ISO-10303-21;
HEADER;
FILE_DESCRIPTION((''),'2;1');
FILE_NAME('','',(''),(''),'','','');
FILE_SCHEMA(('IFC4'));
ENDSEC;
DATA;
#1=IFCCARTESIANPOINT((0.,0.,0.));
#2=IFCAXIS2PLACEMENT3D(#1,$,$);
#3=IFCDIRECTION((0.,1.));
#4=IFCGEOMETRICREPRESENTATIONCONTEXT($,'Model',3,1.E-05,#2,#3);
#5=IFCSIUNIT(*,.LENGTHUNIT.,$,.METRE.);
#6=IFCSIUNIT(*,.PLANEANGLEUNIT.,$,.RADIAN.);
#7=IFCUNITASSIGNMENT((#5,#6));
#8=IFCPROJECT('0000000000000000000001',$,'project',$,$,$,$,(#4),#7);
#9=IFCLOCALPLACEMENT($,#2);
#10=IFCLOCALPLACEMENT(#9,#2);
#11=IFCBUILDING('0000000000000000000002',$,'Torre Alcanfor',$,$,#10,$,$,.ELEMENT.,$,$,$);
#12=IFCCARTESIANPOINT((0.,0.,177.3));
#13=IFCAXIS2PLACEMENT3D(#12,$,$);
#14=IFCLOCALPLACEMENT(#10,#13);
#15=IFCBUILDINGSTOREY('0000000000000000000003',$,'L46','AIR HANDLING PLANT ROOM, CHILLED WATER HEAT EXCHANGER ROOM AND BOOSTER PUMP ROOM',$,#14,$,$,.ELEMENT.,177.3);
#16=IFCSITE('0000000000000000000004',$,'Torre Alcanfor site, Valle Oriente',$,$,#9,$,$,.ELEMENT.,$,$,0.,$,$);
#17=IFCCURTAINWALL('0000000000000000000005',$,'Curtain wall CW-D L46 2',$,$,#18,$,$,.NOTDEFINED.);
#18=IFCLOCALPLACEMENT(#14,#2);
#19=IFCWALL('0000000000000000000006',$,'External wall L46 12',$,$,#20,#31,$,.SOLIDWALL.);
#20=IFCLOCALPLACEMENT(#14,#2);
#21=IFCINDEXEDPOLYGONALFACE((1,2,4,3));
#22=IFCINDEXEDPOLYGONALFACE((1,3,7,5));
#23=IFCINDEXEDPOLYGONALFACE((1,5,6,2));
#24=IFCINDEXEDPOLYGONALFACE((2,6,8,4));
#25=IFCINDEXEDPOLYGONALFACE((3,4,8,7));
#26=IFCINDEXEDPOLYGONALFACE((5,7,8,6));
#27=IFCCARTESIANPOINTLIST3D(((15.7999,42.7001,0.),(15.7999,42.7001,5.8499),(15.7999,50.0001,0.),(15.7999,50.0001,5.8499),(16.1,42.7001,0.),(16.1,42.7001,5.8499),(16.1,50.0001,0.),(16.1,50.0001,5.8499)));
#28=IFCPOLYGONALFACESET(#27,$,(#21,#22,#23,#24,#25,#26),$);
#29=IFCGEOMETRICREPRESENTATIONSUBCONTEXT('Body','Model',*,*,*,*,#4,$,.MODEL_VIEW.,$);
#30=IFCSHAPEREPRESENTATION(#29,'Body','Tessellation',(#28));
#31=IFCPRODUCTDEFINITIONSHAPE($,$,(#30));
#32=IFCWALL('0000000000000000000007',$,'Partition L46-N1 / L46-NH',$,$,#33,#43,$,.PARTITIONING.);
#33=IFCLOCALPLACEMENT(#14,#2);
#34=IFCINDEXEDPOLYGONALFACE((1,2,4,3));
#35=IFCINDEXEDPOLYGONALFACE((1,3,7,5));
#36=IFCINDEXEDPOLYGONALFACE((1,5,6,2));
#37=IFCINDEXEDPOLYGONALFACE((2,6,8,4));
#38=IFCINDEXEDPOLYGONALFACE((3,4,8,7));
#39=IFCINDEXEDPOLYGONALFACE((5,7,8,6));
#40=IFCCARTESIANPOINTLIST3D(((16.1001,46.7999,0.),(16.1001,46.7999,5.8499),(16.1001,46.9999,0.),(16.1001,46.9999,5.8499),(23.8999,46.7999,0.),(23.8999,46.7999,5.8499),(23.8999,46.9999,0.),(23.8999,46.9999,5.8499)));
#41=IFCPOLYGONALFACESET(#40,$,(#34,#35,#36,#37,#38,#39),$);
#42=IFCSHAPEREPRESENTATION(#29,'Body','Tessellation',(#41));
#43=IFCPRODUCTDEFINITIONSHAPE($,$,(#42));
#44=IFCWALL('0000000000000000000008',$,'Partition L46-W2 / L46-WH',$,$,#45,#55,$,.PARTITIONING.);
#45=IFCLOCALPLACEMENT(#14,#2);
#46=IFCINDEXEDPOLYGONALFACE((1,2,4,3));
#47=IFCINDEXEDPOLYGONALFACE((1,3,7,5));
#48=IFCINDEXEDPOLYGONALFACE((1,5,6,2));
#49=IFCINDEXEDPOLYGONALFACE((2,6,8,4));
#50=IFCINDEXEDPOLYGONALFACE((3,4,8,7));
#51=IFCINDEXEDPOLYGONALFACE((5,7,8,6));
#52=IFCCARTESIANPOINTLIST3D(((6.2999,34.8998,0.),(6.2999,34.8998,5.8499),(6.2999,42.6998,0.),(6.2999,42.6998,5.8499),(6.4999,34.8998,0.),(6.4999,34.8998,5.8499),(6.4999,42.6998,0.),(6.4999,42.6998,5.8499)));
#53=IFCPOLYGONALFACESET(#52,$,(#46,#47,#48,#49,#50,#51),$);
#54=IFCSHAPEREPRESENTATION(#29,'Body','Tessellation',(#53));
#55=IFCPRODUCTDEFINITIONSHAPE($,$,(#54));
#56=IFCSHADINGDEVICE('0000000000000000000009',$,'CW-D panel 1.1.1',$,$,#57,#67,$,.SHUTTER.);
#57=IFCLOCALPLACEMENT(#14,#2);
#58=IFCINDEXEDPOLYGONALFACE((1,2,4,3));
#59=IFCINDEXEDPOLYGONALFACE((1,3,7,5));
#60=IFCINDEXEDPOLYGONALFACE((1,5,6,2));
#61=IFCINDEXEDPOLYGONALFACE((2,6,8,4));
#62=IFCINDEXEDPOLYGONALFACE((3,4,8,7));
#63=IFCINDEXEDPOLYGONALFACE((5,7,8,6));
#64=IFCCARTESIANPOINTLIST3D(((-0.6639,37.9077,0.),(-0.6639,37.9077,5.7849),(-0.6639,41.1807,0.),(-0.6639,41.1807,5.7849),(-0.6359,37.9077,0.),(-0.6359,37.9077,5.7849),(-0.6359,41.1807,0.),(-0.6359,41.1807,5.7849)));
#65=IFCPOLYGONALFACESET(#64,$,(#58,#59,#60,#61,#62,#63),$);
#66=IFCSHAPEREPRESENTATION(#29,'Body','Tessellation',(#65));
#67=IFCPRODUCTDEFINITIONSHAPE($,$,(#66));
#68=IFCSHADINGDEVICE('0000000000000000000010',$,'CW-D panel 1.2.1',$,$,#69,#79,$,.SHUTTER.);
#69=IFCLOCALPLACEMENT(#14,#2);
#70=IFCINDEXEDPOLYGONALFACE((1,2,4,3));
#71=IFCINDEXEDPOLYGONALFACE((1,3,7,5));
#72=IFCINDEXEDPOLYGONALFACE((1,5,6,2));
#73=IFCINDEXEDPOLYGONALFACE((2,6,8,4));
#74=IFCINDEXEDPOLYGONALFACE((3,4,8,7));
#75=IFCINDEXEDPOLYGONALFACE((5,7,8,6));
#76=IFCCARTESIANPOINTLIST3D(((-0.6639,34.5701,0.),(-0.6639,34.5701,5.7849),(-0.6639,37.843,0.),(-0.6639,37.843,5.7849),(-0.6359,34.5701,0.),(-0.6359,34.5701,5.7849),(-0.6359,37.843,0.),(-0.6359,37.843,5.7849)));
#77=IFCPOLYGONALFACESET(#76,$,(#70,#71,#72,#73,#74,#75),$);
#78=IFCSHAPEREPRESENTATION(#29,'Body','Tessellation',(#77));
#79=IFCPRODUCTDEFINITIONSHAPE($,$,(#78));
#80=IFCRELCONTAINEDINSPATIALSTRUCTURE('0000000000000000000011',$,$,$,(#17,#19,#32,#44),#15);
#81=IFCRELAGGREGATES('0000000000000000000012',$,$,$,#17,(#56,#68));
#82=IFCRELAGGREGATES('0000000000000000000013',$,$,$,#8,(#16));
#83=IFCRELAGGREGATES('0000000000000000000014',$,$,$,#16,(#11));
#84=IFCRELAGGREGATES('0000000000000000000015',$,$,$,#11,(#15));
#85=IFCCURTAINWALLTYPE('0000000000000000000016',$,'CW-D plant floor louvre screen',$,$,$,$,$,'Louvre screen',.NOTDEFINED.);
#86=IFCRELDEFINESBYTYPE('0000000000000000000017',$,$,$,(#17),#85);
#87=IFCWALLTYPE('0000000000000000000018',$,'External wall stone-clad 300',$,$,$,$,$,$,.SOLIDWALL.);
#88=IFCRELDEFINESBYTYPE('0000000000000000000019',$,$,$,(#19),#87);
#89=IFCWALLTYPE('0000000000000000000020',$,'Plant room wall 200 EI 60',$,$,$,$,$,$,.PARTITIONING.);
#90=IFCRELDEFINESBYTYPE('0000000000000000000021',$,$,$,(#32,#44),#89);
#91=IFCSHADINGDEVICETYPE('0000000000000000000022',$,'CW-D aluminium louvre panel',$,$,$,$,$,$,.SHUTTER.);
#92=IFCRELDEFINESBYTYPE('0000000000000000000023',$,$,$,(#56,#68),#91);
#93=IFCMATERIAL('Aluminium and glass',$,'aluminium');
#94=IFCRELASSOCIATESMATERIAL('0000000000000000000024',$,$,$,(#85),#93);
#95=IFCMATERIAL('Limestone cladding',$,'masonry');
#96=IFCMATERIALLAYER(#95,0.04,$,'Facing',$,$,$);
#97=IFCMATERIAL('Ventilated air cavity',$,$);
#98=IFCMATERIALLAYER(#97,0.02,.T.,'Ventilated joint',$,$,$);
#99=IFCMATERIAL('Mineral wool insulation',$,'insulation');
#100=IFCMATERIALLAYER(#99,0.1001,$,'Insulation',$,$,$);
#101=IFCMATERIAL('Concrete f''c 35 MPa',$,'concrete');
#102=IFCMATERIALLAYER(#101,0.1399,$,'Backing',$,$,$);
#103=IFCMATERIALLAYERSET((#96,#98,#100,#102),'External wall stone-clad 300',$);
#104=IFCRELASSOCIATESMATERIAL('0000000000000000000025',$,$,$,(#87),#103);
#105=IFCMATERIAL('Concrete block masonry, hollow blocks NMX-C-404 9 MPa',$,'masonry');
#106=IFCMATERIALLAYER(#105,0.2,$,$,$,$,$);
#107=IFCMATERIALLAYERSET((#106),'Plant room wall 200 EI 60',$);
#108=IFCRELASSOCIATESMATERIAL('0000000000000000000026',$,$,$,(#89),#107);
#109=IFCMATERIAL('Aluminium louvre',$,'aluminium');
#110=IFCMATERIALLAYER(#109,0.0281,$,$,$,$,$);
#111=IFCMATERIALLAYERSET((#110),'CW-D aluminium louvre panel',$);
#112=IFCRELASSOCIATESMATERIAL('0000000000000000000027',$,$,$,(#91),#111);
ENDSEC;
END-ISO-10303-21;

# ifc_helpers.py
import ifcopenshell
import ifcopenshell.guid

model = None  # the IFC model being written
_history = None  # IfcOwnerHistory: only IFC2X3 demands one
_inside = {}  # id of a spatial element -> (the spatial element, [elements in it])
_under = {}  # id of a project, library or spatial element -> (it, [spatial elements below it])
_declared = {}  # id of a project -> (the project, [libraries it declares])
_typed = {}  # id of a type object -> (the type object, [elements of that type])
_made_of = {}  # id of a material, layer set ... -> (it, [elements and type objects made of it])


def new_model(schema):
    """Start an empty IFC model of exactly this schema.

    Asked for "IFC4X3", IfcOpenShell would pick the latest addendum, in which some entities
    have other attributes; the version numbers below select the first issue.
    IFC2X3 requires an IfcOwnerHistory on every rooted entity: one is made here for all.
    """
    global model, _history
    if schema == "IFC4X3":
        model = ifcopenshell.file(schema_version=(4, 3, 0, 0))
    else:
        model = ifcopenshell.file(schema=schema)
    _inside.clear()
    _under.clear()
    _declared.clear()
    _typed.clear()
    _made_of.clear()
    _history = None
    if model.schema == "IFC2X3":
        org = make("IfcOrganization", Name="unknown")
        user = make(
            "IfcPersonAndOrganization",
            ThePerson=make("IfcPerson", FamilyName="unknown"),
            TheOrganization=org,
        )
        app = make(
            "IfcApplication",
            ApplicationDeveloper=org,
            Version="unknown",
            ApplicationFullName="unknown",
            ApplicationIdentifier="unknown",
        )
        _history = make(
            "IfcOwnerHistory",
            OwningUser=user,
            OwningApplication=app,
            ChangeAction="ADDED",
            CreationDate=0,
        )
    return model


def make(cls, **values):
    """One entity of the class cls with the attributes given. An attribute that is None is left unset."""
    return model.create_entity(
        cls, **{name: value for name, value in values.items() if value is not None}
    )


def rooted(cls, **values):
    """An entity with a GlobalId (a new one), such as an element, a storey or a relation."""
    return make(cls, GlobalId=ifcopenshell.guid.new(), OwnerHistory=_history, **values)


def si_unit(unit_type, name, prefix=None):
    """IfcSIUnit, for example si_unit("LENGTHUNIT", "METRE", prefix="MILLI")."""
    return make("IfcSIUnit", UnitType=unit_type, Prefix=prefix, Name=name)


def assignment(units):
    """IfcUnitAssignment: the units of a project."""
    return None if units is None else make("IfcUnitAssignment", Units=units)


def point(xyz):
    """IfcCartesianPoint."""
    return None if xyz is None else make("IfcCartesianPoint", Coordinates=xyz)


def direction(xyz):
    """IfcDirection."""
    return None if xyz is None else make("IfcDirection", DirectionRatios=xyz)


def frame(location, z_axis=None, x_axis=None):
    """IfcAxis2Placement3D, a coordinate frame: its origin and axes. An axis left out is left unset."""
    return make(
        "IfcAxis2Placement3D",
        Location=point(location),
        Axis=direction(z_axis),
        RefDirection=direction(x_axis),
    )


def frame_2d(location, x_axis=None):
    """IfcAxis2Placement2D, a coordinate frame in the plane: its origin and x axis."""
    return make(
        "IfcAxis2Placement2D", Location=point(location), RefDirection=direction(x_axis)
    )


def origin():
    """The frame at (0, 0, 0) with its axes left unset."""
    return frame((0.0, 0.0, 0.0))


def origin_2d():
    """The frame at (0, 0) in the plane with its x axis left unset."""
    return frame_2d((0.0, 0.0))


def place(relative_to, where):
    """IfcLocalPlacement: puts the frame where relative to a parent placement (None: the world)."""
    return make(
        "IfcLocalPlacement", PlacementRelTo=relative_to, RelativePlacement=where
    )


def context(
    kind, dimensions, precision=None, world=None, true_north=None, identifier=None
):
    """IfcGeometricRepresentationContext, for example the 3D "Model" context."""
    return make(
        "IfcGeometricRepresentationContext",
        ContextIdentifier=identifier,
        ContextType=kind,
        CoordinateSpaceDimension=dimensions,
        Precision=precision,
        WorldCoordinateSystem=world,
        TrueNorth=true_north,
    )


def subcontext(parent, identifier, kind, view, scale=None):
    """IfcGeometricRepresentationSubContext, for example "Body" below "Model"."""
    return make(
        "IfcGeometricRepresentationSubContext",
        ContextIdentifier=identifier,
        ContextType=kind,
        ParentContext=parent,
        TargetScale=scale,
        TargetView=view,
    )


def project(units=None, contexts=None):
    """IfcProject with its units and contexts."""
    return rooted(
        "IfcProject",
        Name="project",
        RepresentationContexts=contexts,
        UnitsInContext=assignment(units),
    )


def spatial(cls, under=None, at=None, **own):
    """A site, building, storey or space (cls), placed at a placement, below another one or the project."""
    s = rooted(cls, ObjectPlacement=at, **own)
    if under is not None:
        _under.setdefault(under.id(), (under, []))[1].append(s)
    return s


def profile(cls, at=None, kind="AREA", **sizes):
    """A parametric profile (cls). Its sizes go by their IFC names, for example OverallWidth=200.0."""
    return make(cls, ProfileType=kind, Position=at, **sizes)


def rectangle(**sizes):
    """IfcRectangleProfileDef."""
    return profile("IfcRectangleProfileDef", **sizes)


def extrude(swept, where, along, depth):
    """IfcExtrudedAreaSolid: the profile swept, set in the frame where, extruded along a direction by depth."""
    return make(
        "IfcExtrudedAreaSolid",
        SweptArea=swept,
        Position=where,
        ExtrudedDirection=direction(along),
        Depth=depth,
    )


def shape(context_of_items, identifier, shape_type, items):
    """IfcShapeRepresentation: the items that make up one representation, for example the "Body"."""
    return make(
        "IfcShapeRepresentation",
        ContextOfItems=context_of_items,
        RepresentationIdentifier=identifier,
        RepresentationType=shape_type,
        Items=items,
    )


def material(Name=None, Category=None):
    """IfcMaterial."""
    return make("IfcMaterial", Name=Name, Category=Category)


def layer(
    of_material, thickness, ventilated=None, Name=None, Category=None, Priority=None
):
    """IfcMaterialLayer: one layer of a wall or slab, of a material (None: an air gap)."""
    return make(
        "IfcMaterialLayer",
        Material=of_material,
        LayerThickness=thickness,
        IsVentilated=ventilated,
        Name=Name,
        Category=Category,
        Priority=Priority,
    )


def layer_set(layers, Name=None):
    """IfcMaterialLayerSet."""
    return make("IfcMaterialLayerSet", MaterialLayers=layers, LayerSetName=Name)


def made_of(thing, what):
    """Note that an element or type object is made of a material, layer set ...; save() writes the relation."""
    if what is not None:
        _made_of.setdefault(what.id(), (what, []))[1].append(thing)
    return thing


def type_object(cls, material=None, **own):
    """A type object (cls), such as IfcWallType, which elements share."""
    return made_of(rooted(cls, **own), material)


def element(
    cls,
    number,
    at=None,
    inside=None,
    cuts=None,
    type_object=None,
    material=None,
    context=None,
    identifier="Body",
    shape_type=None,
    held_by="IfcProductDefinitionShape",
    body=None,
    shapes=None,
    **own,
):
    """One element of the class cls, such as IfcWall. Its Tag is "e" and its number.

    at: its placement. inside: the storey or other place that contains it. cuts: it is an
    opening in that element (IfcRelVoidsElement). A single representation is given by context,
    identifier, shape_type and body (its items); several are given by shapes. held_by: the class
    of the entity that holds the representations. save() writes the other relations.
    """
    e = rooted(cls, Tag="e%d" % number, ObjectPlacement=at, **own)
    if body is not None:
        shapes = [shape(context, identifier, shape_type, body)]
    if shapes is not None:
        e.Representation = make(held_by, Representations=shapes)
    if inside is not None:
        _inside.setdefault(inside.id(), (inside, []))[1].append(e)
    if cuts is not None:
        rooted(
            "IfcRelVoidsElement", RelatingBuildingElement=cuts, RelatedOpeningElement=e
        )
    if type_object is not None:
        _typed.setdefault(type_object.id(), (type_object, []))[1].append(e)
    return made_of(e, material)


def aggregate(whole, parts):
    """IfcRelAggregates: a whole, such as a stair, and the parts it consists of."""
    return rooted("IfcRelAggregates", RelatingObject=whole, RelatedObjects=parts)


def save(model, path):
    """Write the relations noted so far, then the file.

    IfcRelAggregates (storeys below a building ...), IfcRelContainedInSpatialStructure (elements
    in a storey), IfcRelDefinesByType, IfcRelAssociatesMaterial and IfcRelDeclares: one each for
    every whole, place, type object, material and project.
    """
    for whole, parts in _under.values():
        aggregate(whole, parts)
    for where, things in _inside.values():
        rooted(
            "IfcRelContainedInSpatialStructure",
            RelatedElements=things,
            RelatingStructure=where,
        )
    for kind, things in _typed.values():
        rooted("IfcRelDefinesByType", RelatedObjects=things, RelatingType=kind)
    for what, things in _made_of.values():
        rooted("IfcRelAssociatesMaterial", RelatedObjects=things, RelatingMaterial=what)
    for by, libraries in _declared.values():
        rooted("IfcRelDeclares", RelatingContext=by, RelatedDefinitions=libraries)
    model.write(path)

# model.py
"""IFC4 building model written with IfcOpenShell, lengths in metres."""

from ifc_helpers import new_model, si_unit, direction, frame, frame_2d, origin, origin_2d, place, context, subcontext, project, spatial, rectangle, extrude, material, layer, layer_set, type_object, element, aggregate, save


model = new_model("IFC4")

# Units and contexts
model_context = context("Model", 3, precision=1e-05, world=origin(), true_north=direction((0.0, 1.0)))
body_context = subcontext(model_context, "Body", "Model", "MODEL_VIEW")
ifc_project = project(units=[si_unit("LENGTHUNIT", "METRE"), si_unit("PLANEANGLEUNIT", "RADIAN")], contexts=[model_context])

# Site, building, storey
site_placement = place(None, origin())
site = spatial("IfcSite", under=ifc_project, at=site_placement, Name="Torre Alcanfor site, Valle Oriente", CompositionType="ELEMENT", RefElevation=0.0)
building_placement = place(site_placement, origin())
building = spatial("IfcBuilding", under=site, at=building_placement, Name="Torre Alcanfor", CompositionType="ELEMENT")
storey_placement = place(building_placement, frame((0.0, 0.0, 177.3)))
storey = spatial("IfcBuildingStorey", under=building, at=storey_placement, Name="L46", Description="AIR HANDLING PLANT ROOM, CHILLED WATER HEAT EXCHANGER ROOM AND BOOSTER PUMP ROOM", CompositionType="ELEMENT", Elevation=177.3)

# Curtain wall
ifc_material_1 = material(Name="Aluminium and glass", Category="aluminium")
curtain_wall_type = type_object("IfcCurtainWallType", Name="CW-D plant floor louvre screen", ElementType="Louvre screen", PredefinedType="NOTDEFINED", material=ifc_material_1)
curtain_wall_placement = place(storey_placement, origin())
curtain_wall = element("IfcCurtainWall", 1, at=curtain_wall_placement, inside=storey, type_object=curtain_wall_type, Name="Curtain wall CW-D L46 2", PredefinedType="NOTDEFINED")

# Walls
ifc_material_2 = material(Name="Limestone cladding", Category="masonry")
ifc_layer_1 = layer(ifc_material_2, 0.04, Name="Facing")
ifc_material_3 = material(Name="Ventilated air cavity")
ifc_layer_2 = layer(ifc_material_3, 0.02, ventilated=True, Name="Ventilated joint")
ifc_material_4 = material(Name="Mineral wool insulation", Category="insulation")
ifc_layer_3 = layer(ifc_material_4, 0.1001, Name="Insulation")
ifc_material_5 = material(Name="Concrete f'c 35 MPa", Category="concrete")
ifc_layer_4 = layer(ifc_material_5, 0.1399, Name="Backing")
ifc_layer_set_1 = layer_set([ifc_layer_1, ifc_layer_2, ifc_layer_3, ifc_layer_4], Name="External wall stone-clad 300")
wall_type_1 = type_object("IfcWallType", Name="External wall stone-clad 300", PredefinedType="SOLIDWALL", material=ifc_layer_set_1)
wall_1_placement = place(storey_placement, frame((15.95, 50.0, 0.0), z_axis=(0.0, 0.0, 1.0), x_axis=(0.0, -1.0, 0.0)))
element("IfcWall", 2, at=wall_1_placement, inside=storey, type_object=wall_type_1, Name="External wall L46 12", PredefinedType="SOLIDWALL", context=body_context, shape_type="SweptSolid", body=[
    extrude(rectangle(XDim=7.3, YDim=0.3, at=frame_2d((3.6499, 0.0))), origin(), (0.0, 0.0, 1.0), 5.8499),
])
ifc_material_6 = material(Name="Concrete block masonry, hollow blocks NMX-C-404 9 MPa", Category="masonry")
ifc_layer_5 = layer(ifc_material_6, 0.2)
ifc_layer_set_2 = layer_set([ifc_layer_5], Name="Plant room wall 200 EI 60")
wall_type_2 = type_object("IfcWallType", Name="Plant room wall 200 EI 60", PredefinedType="PARTITIONING", material=ifc_layer_set_2)
wall_2_placement = place(storey_placement, frame((16.1001, 46.8999, 0.0), z_axis=(0.0, 0.0, 1.0), x_axis=(1.0, 0.0, 0.0)))
element("IfcWall", 3, at=wall_2_placement, inside=storey, type_object=wall_type_2, Name="Partition L46-N1 / L46-NH", PredefinedType="PARTITIONING", context=body_context, shape_type="SweptSolid", body=[
    extrude(rectangle(XDim=7.7998, YDim=0.2, at=frame_2d((3.8999, 0.0))), origin(), (0.0, 0.0, 1.0), 5.8499),
])
wall_3_placement = place(storey_placement, frame((6.3999, 34.8999, 0.0), z_axis=(0.0, 0.0, 1.0), x_axis=(0.0, 1.0, 0.0)))
element("IfcWall", 4, at=wall_3_placement, inside=storey, type_object=wall_type_2, Name="Partition L46-W2 / L46-WH", PredefinedType="PARTITIONING", context=body_context, shape_type="SweptSolid", body=[
    extrude(rectangle(XDim=7.8, YDim=0.2, at=frame_2d((3.8999, 0.0))), origin(), (0.0, 0.0, 1.0), 5.8499),
])

# Shading devices
ifc_material_7 = material(Name="Aluminium louvre", Category="aluminium")
ifc_layer_6 = layer(ifc_material_7, 0.0281)
ifc_layer_set_3 = layer_set([ifc_layer_6], Name="CW-D aluminium louvre panel")
shading_device_type = type_object("IfcShadingDeviceType", Name="CW-D aluminium louvre panel", PredefinedType="SHUTTER", material=ifc_layer_set_3)
shading_device_1_placement = place(storey_placement, frame((-0.6499, 39.5442, 0.0), z_axis=(0.0, 0.0, 1.0), x_axis=(0.0, -1.0, 0.0)))
shading_device_1 = element("IfcShadingDevice", 5, at=shading_device_1_placement, type_object=shading_device_type, Name="CW-D panel 1.1.1", PredefinedType="SHUTTER", context=body_context, shape_type="SweptSolid", body=[
    extrude(rectangle(XDim=3.2729, YDim=0.0281, at=origin_2d()), origin(), (0.0, 0.0, 1.0), 5.7849),
])
shading_device_2_placement = place(storey_placement, frame((-0.6499, 36.2065, 0.0), z_axis=(0.0, 0.0, 1.0), x_axis=(0.0, -1.0, 0.0)))
shading_device_2 = element("IfcShadingDevice", 6, at=shading_device_2_placement, type_object=shading_device_type, Name="CW-D panel 1.2.1", PredefinedType="SHUTTER", context=body_context, shape_type="SweptSolid", body=[
    extrude(rectangle(XDim=3.2729, YDim=0.0281, at=origin_2d()), origin(), (0.0, 0.0, 1.0), 5.7849),
])
aggregate(curtain_wall, [shading_device_1, shading_device_2])

save(model, "model.ifc")
